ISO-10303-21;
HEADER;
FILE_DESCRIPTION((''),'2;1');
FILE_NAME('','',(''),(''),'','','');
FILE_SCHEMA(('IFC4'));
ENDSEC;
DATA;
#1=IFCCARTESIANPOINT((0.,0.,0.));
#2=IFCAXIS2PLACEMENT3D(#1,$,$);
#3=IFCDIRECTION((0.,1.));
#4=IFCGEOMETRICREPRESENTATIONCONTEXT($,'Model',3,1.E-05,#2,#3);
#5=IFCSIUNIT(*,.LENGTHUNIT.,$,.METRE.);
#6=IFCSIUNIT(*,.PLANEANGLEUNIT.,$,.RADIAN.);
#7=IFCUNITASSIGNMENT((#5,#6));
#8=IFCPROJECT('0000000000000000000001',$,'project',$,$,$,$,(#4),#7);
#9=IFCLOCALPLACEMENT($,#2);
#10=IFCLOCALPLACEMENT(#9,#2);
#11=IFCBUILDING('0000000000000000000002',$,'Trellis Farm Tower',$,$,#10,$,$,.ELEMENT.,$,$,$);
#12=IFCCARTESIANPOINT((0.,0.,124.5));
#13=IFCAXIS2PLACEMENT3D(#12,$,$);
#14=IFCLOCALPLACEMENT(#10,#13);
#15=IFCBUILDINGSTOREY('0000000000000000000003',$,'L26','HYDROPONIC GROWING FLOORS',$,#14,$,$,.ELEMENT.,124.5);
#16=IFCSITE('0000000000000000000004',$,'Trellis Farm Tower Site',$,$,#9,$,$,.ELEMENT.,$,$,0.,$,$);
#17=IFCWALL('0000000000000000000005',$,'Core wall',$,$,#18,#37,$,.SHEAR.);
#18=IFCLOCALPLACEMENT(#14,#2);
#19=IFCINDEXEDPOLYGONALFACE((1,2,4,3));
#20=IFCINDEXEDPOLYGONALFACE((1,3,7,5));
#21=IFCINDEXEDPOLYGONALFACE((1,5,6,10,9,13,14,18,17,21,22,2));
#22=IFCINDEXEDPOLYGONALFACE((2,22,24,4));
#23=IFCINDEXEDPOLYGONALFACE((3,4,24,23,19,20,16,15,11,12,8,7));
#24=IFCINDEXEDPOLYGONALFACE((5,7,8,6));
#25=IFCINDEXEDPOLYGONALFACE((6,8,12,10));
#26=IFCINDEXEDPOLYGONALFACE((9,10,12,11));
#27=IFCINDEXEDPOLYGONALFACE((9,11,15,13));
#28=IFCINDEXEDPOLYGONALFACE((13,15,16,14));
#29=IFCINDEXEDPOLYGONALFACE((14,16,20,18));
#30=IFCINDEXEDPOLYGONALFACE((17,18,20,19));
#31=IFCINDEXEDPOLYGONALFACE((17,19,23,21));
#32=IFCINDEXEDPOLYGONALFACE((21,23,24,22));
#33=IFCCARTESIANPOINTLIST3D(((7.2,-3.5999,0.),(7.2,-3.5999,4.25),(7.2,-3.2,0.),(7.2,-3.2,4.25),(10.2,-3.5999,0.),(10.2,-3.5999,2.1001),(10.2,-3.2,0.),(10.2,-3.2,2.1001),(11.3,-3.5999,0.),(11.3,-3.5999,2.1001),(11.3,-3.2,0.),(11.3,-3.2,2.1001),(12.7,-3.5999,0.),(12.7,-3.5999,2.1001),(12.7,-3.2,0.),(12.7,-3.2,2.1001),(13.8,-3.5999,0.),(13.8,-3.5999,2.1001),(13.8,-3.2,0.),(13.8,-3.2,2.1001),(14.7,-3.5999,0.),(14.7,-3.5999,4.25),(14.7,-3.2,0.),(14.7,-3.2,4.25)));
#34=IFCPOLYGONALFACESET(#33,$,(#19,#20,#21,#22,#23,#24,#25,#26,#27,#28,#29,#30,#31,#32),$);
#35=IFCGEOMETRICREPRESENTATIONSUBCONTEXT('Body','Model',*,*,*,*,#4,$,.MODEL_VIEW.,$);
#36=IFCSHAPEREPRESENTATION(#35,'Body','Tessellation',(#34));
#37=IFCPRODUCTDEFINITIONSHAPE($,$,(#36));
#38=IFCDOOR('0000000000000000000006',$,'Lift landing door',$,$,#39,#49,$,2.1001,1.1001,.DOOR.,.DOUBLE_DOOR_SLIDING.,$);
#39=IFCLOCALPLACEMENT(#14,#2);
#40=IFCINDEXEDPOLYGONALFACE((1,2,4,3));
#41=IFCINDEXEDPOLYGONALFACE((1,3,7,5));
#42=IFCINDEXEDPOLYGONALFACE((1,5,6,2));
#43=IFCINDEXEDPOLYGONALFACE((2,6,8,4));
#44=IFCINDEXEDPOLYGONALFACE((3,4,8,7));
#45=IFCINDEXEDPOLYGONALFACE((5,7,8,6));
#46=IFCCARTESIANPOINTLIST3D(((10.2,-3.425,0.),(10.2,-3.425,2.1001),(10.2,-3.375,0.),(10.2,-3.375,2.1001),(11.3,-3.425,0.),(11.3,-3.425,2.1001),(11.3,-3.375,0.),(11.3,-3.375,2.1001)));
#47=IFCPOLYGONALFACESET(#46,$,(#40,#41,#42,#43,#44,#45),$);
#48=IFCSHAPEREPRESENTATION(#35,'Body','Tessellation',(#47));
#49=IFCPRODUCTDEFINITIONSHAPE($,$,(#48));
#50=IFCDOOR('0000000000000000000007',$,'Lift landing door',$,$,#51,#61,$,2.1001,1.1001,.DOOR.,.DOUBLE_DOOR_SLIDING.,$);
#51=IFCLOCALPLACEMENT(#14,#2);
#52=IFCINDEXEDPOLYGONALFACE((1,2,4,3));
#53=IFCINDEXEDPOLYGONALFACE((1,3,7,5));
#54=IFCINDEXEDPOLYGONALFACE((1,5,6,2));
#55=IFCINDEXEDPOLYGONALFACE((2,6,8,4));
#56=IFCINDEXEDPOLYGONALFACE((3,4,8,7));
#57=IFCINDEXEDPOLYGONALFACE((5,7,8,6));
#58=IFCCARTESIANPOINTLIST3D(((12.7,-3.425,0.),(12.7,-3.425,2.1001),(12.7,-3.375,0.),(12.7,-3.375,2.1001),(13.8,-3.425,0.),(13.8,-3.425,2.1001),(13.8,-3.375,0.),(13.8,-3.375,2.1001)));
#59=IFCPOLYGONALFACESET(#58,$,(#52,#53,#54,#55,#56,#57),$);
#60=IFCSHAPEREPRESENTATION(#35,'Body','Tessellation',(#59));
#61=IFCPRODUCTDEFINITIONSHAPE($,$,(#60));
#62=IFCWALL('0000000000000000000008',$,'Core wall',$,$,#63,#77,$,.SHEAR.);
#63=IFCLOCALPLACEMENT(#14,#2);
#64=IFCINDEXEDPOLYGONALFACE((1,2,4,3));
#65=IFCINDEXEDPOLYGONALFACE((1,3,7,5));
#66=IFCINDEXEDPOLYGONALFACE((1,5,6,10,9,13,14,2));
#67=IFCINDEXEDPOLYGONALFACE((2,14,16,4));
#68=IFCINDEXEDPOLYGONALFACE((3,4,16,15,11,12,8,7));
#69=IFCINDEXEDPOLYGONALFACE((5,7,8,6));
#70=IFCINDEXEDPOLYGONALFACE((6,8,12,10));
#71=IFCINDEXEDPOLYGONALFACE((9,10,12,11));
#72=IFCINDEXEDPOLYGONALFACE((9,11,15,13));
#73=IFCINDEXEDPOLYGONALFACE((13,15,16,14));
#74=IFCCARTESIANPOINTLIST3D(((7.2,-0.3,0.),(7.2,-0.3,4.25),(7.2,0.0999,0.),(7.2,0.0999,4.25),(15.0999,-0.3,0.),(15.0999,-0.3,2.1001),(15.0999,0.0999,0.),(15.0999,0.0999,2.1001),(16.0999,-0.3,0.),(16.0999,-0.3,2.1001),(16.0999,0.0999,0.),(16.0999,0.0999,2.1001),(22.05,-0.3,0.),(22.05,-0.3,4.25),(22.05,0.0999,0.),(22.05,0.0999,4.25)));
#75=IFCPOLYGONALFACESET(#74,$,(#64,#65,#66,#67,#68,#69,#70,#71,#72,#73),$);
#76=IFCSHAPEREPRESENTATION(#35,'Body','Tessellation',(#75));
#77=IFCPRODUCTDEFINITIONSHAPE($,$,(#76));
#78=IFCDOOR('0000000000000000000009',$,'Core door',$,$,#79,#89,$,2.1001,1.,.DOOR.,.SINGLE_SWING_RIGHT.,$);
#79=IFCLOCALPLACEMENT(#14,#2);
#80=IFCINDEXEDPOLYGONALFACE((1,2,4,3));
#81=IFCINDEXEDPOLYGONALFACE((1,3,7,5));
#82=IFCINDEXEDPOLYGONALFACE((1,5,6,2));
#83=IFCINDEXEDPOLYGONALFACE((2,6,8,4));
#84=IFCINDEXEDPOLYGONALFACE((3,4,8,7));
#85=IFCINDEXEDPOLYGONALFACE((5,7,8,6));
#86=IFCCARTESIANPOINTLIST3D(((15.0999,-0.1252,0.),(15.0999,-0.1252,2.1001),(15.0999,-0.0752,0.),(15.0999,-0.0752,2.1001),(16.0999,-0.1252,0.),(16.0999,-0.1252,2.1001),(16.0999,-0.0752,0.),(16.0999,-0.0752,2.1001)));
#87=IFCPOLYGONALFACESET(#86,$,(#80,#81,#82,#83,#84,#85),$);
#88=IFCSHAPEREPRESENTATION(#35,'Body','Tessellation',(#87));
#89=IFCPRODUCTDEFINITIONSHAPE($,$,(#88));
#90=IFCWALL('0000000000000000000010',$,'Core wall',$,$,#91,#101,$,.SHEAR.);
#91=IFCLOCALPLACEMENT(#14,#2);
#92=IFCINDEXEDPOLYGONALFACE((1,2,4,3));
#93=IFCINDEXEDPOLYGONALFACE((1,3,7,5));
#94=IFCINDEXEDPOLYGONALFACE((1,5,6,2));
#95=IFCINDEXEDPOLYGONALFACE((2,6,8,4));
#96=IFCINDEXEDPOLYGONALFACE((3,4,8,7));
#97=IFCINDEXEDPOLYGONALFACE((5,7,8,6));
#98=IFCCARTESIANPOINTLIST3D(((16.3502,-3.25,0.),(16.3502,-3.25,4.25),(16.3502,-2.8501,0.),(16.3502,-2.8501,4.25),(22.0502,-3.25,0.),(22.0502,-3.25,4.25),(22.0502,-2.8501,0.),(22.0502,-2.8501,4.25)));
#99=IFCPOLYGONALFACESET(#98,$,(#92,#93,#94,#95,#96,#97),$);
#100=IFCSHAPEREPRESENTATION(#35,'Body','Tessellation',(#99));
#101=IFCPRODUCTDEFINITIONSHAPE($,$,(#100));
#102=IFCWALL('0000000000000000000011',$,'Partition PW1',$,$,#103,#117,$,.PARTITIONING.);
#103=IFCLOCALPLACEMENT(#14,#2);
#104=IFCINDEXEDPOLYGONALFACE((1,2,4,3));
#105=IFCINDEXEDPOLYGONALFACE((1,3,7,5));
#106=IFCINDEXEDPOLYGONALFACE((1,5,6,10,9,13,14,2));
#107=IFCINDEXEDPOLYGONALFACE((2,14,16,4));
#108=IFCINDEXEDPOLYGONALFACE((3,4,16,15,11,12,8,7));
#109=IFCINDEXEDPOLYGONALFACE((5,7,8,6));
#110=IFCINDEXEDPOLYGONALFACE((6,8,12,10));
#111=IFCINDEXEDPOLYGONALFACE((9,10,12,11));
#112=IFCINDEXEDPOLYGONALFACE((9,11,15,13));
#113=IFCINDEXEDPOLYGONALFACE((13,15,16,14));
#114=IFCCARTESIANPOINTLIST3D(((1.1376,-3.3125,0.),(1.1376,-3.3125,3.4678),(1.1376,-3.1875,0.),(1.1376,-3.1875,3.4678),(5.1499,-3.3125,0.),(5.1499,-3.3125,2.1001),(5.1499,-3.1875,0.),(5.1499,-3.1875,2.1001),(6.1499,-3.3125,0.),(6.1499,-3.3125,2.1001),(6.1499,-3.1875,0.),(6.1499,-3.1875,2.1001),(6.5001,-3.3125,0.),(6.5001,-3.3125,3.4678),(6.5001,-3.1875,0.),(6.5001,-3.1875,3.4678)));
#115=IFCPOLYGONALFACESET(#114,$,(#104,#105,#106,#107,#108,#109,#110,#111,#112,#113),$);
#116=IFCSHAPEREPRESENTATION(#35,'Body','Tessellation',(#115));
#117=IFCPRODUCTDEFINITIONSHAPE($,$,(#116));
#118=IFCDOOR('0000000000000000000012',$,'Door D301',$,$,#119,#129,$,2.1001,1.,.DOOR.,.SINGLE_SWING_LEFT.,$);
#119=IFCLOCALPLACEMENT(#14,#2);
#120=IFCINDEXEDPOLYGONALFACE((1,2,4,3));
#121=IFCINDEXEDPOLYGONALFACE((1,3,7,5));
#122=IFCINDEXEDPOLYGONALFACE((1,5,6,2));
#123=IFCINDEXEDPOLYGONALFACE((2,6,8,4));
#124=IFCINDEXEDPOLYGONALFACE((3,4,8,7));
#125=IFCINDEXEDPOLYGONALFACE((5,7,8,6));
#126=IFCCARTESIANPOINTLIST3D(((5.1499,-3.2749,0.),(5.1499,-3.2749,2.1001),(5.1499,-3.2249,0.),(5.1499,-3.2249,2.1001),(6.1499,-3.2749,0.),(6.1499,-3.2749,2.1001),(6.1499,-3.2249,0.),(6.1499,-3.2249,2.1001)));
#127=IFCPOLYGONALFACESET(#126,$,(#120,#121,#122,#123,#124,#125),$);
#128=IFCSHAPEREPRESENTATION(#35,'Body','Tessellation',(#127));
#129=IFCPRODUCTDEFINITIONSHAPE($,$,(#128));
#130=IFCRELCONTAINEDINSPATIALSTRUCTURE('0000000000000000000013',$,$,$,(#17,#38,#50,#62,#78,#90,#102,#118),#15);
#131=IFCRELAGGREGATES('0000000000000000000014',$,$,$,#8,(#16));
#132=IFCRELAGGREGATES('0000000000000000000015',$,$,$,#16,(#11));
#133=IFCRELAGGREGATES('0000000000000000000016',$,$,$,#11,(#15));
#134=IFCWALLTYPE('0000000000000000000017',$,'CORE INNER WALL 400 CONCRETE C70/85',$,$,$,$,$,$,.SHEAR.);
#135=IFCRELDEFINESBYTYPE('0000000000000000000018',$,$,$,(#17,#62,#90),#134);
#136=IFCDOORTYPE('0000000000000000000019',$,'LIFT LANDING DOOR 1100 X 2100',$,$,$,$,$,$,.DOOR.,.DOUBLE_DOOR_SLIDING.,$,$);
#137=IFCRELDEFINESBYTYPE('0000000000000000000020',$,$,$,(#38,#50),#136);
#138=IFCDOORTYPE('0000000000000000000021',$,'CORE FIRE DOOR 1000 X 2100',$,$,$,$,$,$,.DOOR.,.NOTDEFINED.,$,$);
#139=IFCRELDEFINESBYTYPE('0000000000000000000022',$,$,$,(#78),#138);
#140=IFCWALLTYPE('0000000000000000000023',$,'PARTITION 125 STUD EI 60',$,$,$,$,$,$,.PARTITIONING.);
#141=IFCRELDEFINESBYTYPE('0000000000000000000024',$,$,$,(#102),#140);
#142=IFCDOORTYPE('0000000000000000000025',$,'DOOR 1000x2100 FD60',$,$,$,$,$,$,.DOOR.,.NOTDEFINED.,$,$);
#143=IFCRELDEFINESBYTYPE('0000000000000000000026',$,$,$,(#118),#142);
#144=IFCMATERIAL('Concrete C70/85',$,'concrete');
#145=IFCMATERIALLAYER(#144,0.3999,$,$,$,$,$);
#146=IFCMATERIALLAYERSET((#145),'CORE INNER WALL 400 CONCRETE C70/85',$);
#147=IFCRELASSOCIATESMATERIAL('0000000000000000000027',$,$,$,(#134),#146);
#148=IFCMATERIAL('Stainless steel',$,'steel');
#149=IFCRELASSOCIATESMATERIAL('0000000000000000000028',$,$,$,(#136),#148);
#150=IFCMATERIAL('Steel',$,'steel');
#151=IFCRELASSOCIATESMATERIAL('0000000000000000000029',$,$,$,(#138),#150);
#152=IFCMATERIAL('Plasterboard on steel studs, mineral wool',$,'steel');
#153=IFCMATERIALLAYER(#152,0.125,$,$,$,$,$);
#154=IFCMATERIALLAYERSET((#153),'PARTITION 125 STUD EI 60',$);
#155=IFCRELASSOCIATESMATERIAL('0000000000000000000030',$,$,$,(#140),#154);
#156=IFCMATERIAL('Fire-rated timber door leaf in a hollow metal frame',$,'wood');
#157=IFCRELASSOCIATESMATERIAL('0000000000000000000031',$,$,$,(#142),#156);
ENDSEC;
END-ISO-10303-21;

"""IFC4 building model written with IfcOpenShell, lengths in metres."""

from ifc_helpers import new_model, si_unit, direction, frame, frame_2d, origin, place, context, subcontext, project, spatial, rectangle, extrude, source, transform, mapped, material, layer, layer_set, type_object, element, fill, save


model = new_model("IFC4")

# Units and contexts
model_context = context("Model", 3, precision=1e-05, world=origin(), true_north=direction((0.0, 1.0)))
body_context = subcontext(model_context, "Body", "Model", "MODEL_VIEW")
ifc_project = project(units=[si_unit("LENGTHUNIT", "METRE"), si_unit("PLANEANGLEUNIT", "RADIAN")], contexts=[model_context])

# Site, building, storey
site_placement = place(None, origin())
site = spatial("IfcSite", under=ifc_project, at=site_placement, Name="Trellis Farm Tower Site", CompositionType="ELEMENT", RefElevation=0.0)
building_placement = place(site_placement, origin())
building = spatial("IfcBuilding", under=site, at=building_placement, Name="Trellis Farm Tower", CompositionType="ELEMENT")
storey_placement = place(building_placement, frame((0.0, 0.0, 124.5)))
storey = spatial("IfcBuildingStorey", under=building, at=storey_placement, Name="L26", Description="HYDROPONIC GROWING FLOORS", CompositionType="ELEMENT", Elevation=124.5)

# Shared definitions
ifc_material_1 = material(Name="Concrete C70/85", Category="concrete")

# Wall, openings, doors
ifc_layer_1 = layer(ifc_material_1, 0.3999)
ifc_layer_set_1 = layer_set([ifc_layer_1], Name="CORE INNER WALL 400 CONCRETE C70/85")
wall_type_1 = type_object("IfcWallType", Name="CORE INNER WALL 400 CONCRETE C70/85", PredefinedType="SHEAR", material=ifc_layer_set_1)
shared_shape_1 = source(origin(), body_context, "Body", "SweptSolid", [
    extrude(rectangle(XDim=7.5, YDim=0.3999, at=frame_2d((3.75, 0.0))), origin(), (0.0, 0.0, 1.0), 4.25),
])
wall_1_placement = place(storey_placement, frame((7.2, -3.3999, 0.0), z_axis=(0.0, 0.0, 1.0), x_axis=(1.0, 0.0, 0.0)))
wall_1 = element("IfcWall", 1, at=wall_1_placement, inside=storey, type_object=wall_type_1, Name="Core wall", PredefinedType="SHEAR", context=body_context, shape_type="MappedRepresentation", body=[
    mapped(shared_shape_1, transform((0.0, 0.0, 0.0))),
])
shared_shape_2 = source(origin(), body_context, "Body", "SweptSolid", [
    extrude(rectangle(XDim=1.1001, YDim=2.1001, at=frame_2d((0.55, 1.05))), frame((0.0, 0.21, 0.0), z_axis=(0.0, -1.0, 0.0), x_axis=(1.0, 0.0, 0.0)), (0.0, 0.0, 1.0), 0.4199),
])
opening_1_placement = place(wall_1_placement, frame((3.0, 0.0, 0.0)))
opening_1 = element("IfcOpeningElement", 2, at=opening_1_placement, cuts=wall_1, PredefinedType="OPENING", context=body_context, shape_type="MappedRepresentation", body=[
    mapped(shared_shape_2, transform((0.0, 0.0, 0.0))),
])
opening_2_placement = place(wall_1_placement, frame((5.5, 0.0, 0.0)))
opening_2 = element("IfcOpeningElement", 3, at=opening_2_placement, cuts=wall_1, PredefinedType="OPENING", context=body_context, shape_type="MappedRepresentation", body=[
    mapped(shared_shape_2, transform((0.0, 0.0, 0.0))),
])
ifc_material_2 = material(Name="Stainless steel", Category="steel")
door_type_1 = type_object("IfcDoorType", Name="LIFT LANDING DOOR 1100 X 2100", OperationType="DOUBLE_DOOR_SLIDING", PredefinedType="DOOR", material=ifc_material_2)
shared_shape_3 = source(origin(), body_context, "Body", "SweptSolid", [
    extrude(rectangle(XDim=1.1001, YDim=2.1001, at=frame_2d((0.55, 1.05))), frame((0.0, 0.0249, 0.0), z_axis=(0.0, -1.0, 0.0), x_axis=(1.0, 0.0, 0.0)), (0.0, 0.0, 1.0), 0.05),
])
door_1_placement = place(opening_1_placement, origin())
door_1 = element("IfcDoor", 4, at=door_1_placement, inside=storey, type_object=door_type_1, Name="Lift landing door", OperationType="DOUBLE_DOOR_SLIDING", OverallHeight=2.1001, OverallWidth=1.1001, PredefinedType="DOOR", context=body_context, shape_type="MappedRepresentation", body=[
    mapped(shared_shape_3, transform((0.0, 0.0, 0.0))),
])
fill(opening_1, door_1)
door_2_placement = place(opening_2_placement, origin())
door_2 = element("IfcDoor", 5, at=door_2_placement, inside=storey, type_object=door_type_1, Name="Lift landing door", OperationType="DOUBLE_DOOR_SLIDING", OverallHeight=2.1001, OverallWidth=1.1001, PredefinedType="DOOR", context=body_context, shape_type="MappedRepresentation", body=[
    mapped(shared_shape_3, transform((0.0, 0.0, 0.0))),
])
fill(opening_2, door_2)

# Wall, opening, door
shared_shape_4 = source(origin(), body_context, "Body", "SweptSolid", [
    extrude(rectangle(XDim=14.8501, YDim=0.3999, at=frame_2d((7.425, 0.0))), origin(), (0.0, 0.0, 1.0), 4.25),
])
wall_2_placement = place(storey_placement, frame((7.2, -0.1001, 0.0), z_axis=(0.0, 0.0, 1.0), x_axis=(1.0, 0.0, 0.0)))
wall_2 = element("IfcWall", 6, at=wall_2_placement, inside=storey, type_object=wall_type_1, Name="Core wall", PredefinedType="SHEAR", context=body_context, shape_type="MappedRepresentation", body=[
    mapped(shared_shape_4, transform((0.0, 0.0, 0.0))),
])
shared_shape_5 = source(origin(), body_context, "Body", "SweptSolid", [
    extrude(rectangle(XDim=1.0, YDim=2.1001, at=frame_2d((0.5, 1.05))), frame((0.0, 0.21, 0.0), z_axis=(0.0, -1.0, 0.0), x_axis=(1.0, 0.0, 0.0)), (0.0, 0.0, 1.0), 0.4199),
])
opening_3_placement = place(wall_2_placement, frame((7.8999, 0.0, 0.0)))
opening_3 = element("IfcOpeningElement", 7, at=opening_3_placement, cuts=wall_2, PredefinedType="OPENING", context=body_context, shape_type="MappedRepresentation", body=[
    mapped(shared_shape_5, transform((0.0, 0.0, 0.0))),
])
ifc_material_3 = material(Name="Steel", Category="steel")
door_type_2 = type_object("IfcDoorType", Name="CORE FIRE DOOR 1000 X 2100", OperationType="NOTDEFINED", PredefinedType="DOOR", material=ifc_material_3)
shared_shape_6 = source(origin(), body_context, "Body", "SweptSolid", [
    extrude(rectangle(XDim=1.0, YDim=2.1001, at=frame_2d((0.5, 1.05))), frame((0.0, 0.0249, 0.0), z_axis=(0.0, -1.0, 0.0), x_axis=(1.0, 0.0, 0.0)), (0.0, 0.0, 1.0), 0.05),
])
door_3_placement = place(opening_3_placement, origin())
door_3 = element("IfcDoor", 8, at=door_3_placement, inside=storey, type_object=door_type_2, Name="Core door", OperationType="SINGLE_SWING_RIGHT", OverallHeight=2.1001, OverallWidth=1.0, PredefinedType="DOOR", context=body_context, shape_type="MappedRepresentation", body=[
    mapped(shared_shape_6, transform((0.0, 0.0, 0.0))),
])
fill(opening_3, door_3)

# Wall
shared_shape_7 = source(origin(), body_context, "Body", "SweptSolid", [
    extrude(rectangle(XDim=5.7, YDim=0.3999, at=frame_2d((2.8501, 0.0))), origin(), (0.0, 0.0, 1.0), 4.25),
])
wall_3_placement = place(storey_placement, frame((16.3501, -3.05, 0.0), z_axis=(0.0, 0.0, 1.0), x_axis=(1.0, 0.0, 0.0)))
element("IfcWall", 9, at=wall_3_placement, inside=storey, type_object=wall_type_1, Name="Core wall", PredefinedType="SHEAR", context=body_context, shape_type="MappedRepresentation", body=[
    mapped(shared_shape_7, transform((0.0, 0.0, 0.0))),
])

# Wall, opening, door
ifc_material_4 = material(Name="Plasterboard on steel studs, mineral wool", Category="steel")
ifc_layer_2 = layer(ifc_material_4, 0.125)
ifc_layer_set_2 = layer_set([ifc_layer_2], Name="PARTITION 125 STUD EI 60")
wall_type_2 = type_object("IfcWallType", Name="PARTITION 125 STUD EI 60", PredefinedType="PARTITIONING", material=ifc_layer_set_2)
shared_shape_8 = source(origin(), body_context, "Body", "SweptSolid", [
    extrude(rectangle(XDim=5.3625, YDim=0.125, at=frame_2d((2.6812, 0.0))), origin(), (0.0, 0.0, 1.0), 3.4678),
])
wall_4_placement = place(storey_placement, frame((6.5, -3.25, 0.0), z_axis=(0.0, 0.0, 1.0), x_axis=(-1.0, 0.0, 0.0)))
wall_4 = element("IfcWall", 10, at=wall_4_placement, inside=storey, type_object=wall_type_2, Name="Partition PW1", PredefinedType="PARTITIONING", context=body_context, shape_type="MappedRepresentation", body=[
    mapped(shared_shape_8, transform((0.0, 0.0, 0.0))),
])
shared_shape_9 = source(origin(), body_context, "Body", "SweptSolid", [
    extrude(rectangle(XDim=1.0, YDim=2.1001, at=frame_2d((0.5, 1.05))), frame((0.0, 0.0725, 0.0), z_axis=(0.0, -1.0, 0.0), x_axis=(1.0, 0.0, 0.0)), (0.0, 0.0, 1.0), 0.145),
])
opening_4_placement = place(wall_4_placement, frame((0.3501, 0.0, 0.0)))
opening_4 = element("IfcOpeningElement", 11, at=opening_4_placement, cuts=wall_4, PredefinedType="OPENING", context=body_context, shape_type="MappedRepresentation", body=[
    mapped(shared_shape_9, transform((0.0, 0.0, 0.0))),
])
ifc_material_5 = material(Name="Fire-rated timber door leaf in a hollow metal frame", Category="wood")
door_type_3 = type_object("IfcDoorType", Name="DOOR 1000x2100 FD60", OperationType="NOTDEFINED", PredefinedType="DOOR", material=ifc_material_5)
door_4_placement = place(opening_4_placement, origin())
door_4 = element("IfcDoor", 12, at=door_4_placement, inside=storey, type_object=door_type_3, Name="Door D301", OperationType="SINGLE_SWING_LEFT", OverallHeight=2.1001, OverallWidth=1.0, PredefinedType="DOOR", context=body_context, shape_type="MappedRepresentation", body=[
    mapped(shared_shape_6, transform((0.0, 0.0, 0.0))),
])
fill(opening_4, door_4)

save(model, "model.ifc")
